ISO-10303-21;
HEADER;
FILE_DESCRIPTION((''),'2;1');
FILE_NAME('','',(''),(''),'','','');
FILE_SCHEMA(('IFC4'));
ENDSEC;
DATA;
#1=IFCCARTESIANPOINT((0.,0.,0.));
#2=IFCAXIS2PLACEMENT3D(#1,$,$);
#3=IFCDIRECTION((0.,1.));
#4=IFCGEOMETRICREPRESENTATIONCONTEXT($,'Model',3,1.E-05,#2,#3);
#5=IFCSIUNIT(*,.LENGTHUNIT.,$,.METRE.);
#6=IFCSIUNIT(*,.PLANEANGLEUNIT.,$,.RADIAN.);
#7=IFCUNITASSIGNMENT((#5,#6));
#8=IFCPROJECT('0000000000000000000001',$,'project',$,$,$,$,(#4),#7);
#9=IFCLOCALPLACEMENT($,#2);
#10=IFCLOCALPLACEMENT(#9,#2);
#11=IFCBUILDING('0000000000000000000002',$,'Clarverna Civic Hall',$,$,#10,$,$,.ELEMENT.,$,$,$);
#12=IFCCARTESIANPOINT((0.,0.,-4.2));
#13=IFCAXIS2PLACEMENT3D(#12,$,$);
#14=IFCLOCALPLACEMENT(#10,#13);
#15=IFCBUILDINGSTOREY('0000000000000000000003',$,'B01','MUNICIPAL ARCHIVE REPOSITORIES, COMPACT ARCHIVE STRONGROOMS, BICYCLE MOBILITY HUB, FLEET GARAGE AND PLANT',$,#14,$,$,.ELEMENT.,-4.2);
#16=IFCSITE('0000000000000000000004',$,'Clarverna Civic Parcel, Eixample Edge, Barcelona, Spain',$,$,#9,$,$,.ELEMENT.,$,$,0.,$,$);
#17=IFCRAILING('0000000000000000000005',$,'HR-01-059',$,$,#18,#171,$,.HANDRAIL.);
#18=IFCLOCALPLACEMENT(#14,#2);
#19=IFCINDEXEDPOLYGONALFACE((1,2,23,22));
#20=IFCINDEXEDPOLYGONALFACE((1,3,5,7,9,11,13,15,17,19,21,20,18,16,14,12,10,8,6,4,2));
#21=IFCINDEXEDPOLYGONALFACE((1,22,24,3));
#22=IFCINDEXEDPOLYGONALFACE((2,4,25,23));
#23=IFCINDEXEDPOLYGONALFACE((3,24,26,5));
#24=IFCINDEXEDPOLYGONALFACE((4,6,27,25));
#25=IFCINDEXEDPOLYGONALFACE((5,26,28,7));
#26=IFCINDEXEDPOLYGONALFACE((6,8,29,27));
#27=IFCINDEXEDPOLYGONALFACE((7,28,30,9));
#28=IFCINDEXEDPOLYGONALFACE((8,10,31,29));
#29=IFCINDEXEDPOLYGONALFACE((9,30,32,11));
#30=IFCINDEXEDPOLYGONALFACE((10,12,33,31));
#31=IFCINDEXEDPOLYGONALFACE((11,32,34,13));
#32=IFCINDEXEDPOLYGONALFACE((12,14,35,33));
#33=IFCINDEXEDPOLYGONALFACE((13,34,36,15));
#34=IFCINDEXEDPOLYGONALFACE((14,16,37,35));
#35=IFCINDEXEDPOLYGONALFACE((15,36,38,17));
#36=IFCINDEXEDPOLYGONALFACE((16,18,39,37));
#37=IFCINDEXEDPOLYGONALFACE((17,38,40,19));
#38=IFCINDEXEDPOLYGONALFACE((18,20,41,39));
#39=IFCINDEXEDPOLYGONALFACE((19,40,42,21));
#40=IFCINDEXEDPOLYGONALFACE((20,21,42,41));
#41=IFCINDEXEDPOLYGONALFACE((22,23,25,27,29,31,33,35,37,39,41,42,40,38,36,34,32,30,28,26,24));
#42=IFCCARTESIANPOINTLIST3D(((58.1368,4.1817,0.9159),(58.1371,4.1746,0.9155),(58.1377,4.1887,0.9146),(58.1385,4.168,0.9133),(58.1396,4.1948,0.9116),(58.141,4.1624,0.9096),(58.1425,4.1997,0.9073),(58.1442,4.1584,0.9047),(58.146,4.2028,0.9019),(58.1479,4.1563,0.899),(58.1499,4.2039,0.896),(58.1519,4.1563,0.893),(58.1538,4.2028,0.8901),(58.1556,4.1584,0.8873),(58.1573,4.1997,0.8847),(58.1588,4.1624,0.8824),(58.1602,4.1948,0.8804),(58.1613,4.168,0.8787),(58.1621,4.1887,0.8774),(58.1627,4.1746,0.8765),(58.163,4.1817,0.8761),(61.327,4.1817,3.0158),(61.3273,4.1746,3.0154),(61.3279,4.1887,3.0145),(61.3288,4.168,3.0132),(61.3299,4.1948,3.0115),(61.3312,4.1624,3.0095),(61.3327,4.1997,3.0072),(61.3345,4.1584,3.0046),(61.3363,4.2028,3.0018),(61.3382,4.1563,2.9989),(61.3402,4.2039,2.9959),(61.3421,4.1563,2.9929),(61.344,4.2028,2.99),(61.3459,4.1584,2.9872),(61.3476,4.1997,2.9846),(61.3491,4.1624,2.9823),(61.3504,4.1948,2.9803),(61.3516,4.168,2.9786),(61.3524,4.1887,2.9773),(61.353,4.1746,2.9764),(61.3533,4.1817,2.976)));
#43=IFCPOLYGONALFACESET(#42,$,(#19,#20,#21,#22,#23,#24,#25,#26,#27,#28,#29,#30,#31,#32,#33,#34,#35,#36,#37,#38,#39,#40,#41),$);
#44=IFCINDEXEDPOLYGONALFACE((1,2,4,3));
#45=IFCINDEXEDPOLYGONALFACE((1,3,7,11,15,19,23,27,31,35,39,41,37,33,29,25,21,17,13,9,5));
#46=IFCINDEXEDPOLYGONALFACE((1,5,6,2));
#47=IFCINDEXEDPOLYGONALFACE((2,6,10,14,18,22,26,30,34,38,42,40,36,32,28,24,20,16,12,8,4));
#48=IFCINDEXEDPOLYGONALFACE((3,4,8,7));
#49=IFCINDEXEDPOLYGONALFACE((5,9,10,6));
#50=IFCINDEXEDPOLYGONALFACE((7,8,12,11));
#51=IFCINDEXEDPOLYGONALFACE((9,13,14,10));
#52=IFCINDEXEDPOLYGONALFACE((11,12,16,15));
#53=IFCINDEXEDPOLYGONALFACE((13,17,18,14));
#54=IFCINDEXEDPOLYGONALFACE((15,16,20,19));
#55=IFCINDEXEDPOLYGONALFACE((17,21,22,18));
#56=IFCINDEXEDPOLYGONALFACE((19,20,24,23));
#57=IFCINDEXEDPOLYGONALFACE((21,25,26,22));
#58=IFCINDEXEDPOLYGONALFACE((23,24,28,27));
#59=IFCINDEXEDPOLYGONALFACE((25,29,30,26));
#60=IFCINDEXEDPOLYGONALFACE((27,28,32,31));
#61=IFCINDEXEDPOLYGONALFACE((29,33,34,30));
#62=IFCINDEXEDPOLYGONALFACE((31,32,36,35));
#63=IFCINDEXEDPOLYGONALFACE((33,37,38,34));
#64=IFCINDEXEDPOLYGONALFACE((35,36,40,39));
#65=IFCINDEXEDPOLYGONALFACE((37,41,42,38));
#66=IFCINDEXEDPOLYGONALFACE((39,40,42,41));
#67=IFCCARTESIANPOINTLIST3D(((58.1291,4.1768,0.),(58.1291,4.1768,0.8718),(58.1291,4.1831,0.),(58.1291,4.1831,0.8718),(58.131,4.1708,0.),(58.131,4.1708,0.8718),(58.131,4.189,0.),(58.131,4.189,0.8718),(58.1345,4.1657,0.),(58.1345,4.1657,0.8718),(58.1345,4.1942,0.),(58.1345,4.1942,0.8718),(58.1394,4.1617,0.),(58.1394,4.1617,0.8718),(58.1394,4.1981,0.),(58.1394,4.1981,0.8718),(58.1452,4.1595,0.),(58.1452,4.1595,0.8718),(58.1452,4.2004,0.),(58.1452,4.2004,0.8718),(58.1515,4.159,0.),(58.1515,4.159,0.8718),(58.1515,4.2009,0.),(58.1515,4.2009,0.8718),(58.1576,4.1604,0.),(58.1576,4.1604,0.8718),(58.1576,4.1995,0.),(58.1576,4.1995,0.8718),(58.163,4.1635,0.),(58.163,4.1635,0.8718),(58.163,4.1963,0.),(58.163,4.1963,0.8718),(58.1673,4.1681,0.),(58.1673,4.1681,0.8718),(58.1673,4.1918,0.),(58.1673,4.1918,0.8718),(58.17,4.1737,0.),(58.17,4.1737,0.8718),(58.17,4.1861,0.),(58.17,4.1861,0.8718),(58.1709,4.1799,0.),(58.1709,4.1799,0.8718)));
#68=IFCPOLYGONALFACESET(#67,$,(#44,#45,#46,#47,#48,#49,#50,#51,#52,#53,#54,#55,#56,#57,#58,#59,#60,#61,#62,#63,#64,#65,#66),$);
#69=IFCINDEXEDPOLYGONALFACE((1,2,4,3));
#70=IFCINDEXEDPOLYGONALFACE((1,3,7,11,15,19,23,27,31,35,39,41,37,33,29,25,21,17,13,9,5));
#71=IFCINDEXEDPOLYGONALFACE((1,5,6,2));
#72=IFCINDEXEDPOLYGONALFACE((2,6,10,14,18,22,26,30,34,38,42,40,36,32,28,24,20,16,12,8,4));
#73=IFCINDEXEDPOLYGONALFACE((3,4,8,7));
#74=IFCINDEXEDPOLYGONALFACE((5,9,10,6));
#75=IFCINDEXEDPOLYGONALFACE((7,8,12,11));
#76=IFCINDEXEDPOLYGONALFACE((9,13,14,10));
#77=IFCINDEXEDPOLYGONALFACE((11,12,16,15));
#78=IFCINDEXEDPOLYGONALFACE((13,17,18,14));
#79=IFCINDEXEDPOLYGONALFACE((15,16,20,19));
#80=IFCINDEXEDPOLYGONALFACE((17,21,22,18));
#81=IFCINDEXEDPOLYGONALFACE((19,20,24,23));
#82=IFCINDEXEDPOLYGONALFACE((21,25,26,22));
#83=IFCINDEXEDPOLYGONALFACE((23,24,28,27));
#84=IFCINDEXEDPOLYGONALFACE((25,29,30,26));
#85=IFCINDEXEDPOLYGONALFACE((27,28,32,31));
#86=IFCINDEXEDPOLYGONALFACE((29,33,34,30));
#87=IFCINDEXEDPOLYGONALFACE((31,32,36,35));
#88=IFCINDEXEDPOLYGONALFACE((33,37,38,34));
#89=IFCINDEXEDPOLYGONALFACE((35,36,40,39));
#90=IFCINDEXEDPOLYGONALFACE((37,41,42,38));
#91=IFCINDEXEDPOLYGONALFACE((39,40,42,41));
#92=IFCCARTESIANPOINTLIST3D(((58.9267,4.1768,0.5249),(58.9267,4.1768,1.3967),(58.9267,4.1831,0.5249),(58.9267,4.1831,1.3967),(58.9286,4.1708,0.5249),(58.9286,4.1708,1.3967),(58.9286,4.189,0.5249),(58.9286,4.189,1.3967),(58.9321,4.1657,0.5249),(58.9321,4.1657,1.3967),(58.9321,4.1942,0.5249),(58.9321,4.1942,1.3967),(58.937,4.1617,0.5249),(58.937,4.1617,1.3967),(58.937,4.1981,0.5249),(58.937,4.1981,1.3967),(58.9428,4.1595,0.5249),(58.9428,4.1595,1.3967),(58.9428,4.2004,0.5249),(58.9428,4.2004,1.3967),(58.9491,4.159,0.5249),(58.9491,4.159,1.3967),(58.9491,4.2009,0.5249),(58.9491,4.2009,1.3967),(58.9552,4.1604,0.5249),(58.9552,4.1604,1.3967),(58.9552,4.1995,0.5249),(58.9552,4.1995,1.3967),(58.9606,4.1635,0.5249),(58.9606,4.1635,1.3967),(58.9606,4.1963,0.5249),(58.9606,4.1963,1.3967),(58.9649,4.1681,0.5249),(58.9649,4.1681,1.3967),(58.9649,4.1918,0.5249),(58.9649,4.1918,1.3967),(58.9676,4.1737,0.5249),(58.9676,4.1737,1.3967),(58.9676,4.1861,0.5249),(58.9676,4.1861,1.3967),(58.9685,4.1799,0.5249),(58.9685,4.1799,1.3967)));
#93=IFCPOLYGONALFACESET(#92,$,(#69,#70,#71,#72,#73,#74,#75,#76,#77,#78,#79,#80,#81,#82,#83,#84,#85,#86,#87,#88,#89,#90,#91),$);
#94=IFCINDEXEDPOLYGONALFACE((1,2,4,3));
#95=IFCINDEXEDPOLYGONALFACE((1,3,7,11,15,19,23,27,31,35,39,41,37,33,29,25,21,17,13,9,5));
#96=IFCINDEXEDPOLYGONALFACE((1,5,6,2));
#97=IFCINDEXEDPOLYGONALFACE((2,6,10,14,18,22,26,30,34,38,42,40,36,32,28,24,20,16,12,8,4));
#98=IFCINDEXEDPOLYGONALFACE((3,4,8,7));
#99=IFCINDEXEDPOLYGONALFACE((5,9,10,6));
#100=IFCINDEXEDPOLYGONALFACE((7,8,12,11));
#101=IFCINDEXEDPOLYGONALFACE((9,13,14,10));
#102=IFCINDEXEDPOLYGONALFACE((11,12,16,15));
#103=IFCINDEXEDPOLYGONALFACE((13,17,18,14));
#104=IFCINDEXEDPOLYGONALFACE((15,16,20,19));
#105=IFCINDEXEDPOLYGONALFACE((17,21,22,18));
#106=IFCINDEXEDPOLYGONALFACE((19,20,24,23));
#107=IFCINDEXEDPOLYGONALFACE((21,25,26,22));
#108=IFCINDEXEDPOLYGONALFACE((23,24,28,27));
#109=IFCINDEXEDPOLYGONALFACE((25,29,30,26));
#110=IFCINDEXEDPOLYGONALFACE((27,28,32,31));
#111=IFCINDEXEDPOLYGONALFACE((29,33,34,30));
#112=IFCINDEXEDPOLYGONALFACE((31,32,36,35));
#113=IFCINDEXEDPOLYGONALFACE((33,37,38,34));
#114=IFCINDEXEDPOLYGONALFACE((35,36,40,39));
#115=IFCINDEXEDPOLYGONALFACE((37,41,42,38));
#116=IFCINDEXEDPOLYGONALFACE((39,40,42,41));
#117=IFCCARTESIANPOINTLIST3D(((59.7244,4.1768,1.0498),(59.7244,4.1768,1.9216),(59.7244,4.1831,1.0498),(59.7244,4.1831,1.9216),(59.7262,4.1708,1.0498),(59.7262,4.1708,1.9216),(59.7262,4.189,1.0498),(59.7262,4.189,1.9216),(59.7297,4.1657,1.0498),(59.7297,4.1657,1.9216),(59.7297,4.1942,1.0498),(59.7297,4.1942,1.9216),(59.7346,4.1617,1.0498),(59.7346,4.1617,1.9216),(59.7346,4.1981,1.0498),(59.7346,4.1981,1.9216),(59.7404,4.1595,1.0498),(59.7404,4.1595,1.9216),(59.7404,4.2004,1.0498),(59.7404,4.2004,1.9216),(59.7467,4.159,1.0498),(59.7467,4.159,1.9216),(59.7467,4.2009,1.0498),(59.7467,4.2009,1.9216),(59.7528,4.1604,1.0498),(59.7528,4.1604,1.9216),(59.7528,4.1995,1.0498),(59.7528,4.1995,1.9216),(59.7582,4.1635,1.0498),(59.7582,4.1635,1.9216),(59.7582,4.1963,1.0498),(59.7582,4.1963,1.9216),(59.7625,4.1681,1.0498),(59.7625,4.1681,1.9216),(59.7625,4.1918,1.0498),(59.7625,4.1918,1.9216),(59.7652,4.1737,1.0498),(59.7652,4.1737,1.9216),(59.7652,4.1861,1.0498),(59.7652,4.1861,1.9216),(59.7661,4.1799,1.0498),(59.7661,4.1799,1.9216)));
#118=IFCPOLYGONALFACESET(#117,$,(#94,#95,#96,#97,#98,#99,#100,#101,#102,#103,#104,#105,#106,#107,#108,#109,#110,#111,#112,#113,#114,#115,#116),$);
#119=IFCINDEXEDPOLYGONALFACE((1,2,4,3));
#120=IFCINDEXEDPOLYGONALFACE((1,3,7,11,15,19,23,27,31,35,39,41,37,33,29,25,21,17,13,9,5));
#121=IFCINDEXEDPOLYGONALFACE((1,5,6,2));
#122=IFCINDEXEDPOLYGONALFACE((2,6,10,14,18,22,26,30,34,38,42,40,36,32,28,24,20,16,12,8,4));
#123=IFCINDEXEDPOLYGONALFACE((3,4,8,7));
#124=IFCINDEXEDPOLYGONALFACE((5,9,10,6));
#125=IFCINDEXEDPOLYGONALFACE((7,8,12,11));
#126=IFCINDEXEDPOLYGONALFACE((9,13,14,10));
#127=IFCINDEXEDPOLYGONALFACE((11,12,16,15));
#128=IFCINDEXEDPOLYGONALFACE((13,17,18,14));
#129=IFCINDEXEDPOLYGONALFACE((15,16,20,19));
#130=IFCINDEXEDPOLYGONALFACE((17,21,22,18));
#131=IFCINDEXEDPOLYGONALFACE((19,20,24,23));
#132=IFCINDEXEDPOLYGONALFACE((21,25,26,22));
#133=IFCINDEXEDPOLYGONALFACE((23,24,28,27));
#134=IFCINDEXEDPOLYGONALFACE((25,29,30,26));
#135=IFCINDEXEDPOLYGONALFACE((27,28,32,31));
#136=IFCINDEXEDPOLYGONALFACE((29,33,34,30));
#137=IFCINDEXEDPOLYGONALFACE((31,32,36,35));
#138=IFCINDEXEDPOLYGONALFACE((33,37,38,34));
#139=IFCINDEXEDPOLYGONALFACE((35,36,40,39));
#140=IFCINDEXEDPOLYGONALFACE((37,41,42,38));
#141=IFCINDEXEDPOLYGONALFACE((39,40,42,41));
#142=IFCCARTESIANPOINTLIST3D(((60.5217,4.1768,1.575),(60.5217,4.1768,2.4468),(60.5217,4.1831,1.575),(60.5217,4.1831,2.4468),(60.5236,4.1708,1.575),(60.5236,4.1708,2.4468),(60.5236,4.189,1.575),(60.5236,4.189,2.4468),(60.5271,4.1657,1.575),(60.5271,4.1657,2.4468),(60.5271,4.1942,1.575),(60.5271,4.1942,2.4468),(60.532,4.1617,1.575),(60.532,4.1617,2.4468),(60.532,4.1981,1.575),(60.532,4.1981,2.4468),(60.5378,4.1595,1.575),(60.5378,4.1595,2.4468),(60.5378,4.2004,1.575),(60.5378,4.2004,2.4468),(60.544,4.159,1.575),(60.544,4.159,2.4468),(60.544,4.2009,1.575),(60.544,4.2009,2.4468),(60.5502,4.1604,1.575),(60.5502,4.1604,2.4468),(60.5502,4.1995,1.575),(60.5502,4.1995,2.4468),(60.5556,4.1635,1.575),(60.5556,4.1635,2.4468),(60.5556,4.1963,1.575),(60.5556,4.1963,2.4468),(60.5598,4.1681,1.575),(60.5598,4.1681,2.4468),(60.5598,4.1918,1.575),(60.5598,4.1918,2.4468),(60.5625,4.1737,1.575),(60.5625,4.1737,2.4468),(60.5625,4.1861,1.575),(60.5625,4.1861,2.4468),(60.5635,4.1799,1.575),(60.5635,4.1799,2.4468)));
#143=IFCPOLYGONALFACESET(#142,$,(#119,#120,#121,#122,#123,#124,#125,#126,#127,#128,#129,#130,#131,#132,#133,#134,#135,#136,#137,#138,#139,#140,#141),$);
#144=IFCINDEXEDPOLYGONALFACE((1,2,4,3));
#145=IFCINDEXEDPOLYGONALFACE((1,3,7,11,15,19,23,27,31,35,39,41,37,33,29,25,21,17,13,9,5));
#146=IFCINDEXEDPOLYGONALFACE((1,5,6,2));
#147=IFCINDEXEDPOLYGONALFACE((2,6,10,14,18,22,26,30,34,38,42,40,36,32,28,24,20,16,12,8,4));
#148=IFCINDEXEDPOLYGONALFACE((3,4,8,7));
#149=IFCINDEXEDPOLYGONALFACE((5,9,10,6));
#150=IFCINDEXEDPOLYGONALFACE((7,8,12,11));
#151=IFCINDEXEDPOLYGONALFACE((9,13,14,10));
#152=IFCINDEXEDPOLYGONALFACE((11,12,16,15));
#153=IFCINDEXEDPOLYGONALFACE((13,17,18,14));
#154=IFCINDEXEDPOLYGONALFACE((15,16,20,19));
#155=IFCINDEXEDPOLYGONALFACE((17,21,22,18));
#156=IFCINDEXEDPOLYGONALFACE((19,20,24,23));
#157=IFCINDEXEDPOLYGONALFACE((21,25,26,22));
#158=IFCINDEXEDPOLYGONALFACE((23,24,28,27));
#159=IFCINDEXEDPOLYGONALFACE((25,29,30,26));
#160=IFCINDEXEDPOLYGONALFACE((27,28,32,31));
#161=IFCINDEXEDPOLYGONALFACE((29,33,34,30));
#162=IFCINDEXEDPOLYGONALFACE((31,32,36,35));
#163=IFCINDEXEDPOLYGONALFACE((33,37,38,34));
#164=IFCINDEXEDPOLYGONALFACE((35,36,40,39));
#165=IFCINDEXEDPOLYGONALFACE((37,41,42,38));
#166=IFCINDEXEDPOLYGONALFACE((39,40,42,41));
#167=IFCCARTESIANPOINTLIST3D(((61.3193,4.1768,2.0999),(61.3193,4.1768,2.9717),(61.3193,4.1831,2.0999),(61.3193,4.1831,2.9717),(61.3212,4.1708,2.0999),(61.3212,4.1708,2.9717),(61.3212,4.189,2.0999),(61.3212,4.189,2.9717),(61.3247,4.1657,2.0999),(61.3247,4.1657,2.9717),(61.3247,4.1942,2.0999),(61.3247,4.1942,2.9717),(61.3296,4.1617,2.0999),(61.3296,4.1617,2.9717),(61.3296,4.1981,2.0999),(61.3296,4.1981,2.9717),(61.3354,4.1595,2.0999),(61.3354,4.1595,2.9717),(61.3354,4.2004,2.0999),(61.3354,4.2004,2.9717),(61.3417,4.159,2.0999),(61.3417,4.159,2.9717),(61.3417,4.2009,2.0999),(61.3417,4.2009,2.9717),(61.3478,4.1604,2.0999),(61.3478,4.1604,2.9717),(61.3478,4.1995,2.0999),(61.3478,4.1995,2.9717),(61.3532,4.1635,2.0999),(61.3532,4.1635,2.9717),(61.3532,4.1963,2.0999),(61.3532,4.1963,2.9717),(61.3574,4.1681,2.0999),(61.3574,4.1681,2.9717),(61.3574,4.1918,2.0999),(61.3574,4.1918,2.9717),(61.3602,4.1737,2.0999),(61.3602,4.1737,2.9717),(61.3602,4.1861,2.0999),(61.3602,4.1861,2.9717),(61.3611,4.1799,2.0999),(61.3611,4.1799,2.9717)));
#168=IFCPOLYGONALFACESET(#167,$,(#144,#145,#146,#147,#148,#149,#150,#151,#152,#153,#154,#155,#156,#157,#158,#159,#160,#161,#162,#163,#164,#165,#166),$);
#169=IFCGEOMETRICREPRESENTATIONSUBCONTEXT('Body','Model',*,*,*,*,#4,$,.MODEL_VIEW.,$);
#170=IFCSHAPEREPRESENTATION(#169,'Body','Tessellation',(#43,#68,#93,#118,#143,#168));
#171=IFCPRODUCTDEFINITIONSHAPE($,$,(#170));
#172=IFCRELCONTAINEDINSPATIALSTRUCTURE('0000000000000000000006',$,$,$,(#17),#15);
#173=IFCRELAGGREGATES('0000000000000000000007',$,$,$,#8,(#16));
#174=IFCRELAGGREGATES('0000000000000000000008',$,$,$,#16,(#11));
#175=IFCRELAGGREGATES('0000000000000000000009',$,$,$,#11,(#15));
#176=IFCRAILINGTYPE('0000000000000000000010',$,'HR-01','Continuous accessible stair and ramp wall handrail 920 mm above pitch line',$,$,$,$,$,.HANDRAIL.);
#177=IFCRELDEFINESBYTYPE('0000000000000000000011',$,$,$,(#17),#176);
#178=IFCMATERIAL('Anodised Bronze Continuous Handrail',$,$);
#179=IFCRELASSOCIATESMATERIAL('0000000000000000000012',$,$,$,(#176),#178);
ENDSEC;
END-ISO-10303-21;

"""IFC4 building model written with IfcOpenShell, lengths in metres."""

from ifc_helpers import new_model, si_unit, direction, frame, origin, origin_2d, place, context, subcontext, project, spatial, circle, extrude, material, type_object, element, save


model = new_model("IFC4")

# Units and contexts
model_context = context("Model", 3, precision=1e-05, world=origin(), true_north=direction((0.0, 1.0)))
body_context = subcontext(model_context, "Body", "Model", "MODEL_VIEW")
ifc_project = project(units=[si_unit("LENGTHUNIT", "METRE"), si_unit("PLANEANGLEUNIT", "RADIAN")], contexts=[model_context])

# Site, building, storey
site_placement = place(None, origin())
site = spatial("IfcSite", under=ifc_project, at=site_placement, Name="Clarverna Civic Parcel, Eixample Edge, Barcelona, Spain", CompositionType="ELEMENT", RefElevation=0.0)
building_placement = place(site_placement, origin())
building = spatial("IfcBuilding", under=site, at=building_placement, Name="Clarverna Civic Hall", CompositionType="ELEMENT")
storey_placement = place(building_placement, frame((0.0, 0.0, -4.2)))
storey = spatial("IfcBuildingStorey", under=building, at=storey_placement, Name="B01", Description="MUNICIPAL ARCHIVE REPOSITORIES, COMPACT ARCHIVE STRONGROOMS, BICYCLE MOBILITY HUB, FLEET GARAGE AND PLANT", CompositionType="ELEMENT", Elevation=-4.2)

# Railing
ifc_material_1 = material(Name="Anodised Bronze Continuous Handrail")
railing_type_1 = type_object("IfcRailingType", Name="HR-01", Description="Continuous accessible stair and ramp wall handrail 920 mm above pitch line", PredefinedType="HANDRAIL", material=ifc_material_1)
railing_1_placement = place(storey_placement, frame((58.1499, 4.1799, 0.0)))
element("IfcRailing", 1, at=railing_1_placement, inside=storey, type_object=railing_type_1, Name="HR-01-059", PredefinedType="HANDRAIL", context=body_context, shape_type="SweptSolid", body=[
    extrude(circle(Radius=0.0239, at=origin_2d()), frame((0.0, 0.0, 0.896), z_axis=(0.835291, 0.0, 0.549808), x_axis=(0.0, 1.0, 0.0)), (0.0, 0.0, 1.0), 3.8193),
    extrude(circle(Radius=0.021, at=origin_2d()), origin(), (0.0, 0.0, 1.0), 0.8718),
    extrude(circle(Radius=0.021, at=origin_2d()), frame((0.7976, 0.0, 0.5249)), (0.0, 0.0, 1.0), 0.8718),
    extrude(circle(Radius=0.021, at=origin_2d()), frame((1.5952, 0.0, 1.0498)), (0.0, 0.0, 1.0), 0.8718),
    extrude(circle(Radius=0.021, at=origin_2d()), frame((2.3926, 0.0, 1.575)), (0.0, 0.0, 1.0), 0.8718),
    extrude(circle(Radius=0.021, at=origin_2d()), frame((3.1902, 0.0, 2.0999)), (0.0, 0.0, 1.0), 0.8718),
])

save(model, "model.ifc")
